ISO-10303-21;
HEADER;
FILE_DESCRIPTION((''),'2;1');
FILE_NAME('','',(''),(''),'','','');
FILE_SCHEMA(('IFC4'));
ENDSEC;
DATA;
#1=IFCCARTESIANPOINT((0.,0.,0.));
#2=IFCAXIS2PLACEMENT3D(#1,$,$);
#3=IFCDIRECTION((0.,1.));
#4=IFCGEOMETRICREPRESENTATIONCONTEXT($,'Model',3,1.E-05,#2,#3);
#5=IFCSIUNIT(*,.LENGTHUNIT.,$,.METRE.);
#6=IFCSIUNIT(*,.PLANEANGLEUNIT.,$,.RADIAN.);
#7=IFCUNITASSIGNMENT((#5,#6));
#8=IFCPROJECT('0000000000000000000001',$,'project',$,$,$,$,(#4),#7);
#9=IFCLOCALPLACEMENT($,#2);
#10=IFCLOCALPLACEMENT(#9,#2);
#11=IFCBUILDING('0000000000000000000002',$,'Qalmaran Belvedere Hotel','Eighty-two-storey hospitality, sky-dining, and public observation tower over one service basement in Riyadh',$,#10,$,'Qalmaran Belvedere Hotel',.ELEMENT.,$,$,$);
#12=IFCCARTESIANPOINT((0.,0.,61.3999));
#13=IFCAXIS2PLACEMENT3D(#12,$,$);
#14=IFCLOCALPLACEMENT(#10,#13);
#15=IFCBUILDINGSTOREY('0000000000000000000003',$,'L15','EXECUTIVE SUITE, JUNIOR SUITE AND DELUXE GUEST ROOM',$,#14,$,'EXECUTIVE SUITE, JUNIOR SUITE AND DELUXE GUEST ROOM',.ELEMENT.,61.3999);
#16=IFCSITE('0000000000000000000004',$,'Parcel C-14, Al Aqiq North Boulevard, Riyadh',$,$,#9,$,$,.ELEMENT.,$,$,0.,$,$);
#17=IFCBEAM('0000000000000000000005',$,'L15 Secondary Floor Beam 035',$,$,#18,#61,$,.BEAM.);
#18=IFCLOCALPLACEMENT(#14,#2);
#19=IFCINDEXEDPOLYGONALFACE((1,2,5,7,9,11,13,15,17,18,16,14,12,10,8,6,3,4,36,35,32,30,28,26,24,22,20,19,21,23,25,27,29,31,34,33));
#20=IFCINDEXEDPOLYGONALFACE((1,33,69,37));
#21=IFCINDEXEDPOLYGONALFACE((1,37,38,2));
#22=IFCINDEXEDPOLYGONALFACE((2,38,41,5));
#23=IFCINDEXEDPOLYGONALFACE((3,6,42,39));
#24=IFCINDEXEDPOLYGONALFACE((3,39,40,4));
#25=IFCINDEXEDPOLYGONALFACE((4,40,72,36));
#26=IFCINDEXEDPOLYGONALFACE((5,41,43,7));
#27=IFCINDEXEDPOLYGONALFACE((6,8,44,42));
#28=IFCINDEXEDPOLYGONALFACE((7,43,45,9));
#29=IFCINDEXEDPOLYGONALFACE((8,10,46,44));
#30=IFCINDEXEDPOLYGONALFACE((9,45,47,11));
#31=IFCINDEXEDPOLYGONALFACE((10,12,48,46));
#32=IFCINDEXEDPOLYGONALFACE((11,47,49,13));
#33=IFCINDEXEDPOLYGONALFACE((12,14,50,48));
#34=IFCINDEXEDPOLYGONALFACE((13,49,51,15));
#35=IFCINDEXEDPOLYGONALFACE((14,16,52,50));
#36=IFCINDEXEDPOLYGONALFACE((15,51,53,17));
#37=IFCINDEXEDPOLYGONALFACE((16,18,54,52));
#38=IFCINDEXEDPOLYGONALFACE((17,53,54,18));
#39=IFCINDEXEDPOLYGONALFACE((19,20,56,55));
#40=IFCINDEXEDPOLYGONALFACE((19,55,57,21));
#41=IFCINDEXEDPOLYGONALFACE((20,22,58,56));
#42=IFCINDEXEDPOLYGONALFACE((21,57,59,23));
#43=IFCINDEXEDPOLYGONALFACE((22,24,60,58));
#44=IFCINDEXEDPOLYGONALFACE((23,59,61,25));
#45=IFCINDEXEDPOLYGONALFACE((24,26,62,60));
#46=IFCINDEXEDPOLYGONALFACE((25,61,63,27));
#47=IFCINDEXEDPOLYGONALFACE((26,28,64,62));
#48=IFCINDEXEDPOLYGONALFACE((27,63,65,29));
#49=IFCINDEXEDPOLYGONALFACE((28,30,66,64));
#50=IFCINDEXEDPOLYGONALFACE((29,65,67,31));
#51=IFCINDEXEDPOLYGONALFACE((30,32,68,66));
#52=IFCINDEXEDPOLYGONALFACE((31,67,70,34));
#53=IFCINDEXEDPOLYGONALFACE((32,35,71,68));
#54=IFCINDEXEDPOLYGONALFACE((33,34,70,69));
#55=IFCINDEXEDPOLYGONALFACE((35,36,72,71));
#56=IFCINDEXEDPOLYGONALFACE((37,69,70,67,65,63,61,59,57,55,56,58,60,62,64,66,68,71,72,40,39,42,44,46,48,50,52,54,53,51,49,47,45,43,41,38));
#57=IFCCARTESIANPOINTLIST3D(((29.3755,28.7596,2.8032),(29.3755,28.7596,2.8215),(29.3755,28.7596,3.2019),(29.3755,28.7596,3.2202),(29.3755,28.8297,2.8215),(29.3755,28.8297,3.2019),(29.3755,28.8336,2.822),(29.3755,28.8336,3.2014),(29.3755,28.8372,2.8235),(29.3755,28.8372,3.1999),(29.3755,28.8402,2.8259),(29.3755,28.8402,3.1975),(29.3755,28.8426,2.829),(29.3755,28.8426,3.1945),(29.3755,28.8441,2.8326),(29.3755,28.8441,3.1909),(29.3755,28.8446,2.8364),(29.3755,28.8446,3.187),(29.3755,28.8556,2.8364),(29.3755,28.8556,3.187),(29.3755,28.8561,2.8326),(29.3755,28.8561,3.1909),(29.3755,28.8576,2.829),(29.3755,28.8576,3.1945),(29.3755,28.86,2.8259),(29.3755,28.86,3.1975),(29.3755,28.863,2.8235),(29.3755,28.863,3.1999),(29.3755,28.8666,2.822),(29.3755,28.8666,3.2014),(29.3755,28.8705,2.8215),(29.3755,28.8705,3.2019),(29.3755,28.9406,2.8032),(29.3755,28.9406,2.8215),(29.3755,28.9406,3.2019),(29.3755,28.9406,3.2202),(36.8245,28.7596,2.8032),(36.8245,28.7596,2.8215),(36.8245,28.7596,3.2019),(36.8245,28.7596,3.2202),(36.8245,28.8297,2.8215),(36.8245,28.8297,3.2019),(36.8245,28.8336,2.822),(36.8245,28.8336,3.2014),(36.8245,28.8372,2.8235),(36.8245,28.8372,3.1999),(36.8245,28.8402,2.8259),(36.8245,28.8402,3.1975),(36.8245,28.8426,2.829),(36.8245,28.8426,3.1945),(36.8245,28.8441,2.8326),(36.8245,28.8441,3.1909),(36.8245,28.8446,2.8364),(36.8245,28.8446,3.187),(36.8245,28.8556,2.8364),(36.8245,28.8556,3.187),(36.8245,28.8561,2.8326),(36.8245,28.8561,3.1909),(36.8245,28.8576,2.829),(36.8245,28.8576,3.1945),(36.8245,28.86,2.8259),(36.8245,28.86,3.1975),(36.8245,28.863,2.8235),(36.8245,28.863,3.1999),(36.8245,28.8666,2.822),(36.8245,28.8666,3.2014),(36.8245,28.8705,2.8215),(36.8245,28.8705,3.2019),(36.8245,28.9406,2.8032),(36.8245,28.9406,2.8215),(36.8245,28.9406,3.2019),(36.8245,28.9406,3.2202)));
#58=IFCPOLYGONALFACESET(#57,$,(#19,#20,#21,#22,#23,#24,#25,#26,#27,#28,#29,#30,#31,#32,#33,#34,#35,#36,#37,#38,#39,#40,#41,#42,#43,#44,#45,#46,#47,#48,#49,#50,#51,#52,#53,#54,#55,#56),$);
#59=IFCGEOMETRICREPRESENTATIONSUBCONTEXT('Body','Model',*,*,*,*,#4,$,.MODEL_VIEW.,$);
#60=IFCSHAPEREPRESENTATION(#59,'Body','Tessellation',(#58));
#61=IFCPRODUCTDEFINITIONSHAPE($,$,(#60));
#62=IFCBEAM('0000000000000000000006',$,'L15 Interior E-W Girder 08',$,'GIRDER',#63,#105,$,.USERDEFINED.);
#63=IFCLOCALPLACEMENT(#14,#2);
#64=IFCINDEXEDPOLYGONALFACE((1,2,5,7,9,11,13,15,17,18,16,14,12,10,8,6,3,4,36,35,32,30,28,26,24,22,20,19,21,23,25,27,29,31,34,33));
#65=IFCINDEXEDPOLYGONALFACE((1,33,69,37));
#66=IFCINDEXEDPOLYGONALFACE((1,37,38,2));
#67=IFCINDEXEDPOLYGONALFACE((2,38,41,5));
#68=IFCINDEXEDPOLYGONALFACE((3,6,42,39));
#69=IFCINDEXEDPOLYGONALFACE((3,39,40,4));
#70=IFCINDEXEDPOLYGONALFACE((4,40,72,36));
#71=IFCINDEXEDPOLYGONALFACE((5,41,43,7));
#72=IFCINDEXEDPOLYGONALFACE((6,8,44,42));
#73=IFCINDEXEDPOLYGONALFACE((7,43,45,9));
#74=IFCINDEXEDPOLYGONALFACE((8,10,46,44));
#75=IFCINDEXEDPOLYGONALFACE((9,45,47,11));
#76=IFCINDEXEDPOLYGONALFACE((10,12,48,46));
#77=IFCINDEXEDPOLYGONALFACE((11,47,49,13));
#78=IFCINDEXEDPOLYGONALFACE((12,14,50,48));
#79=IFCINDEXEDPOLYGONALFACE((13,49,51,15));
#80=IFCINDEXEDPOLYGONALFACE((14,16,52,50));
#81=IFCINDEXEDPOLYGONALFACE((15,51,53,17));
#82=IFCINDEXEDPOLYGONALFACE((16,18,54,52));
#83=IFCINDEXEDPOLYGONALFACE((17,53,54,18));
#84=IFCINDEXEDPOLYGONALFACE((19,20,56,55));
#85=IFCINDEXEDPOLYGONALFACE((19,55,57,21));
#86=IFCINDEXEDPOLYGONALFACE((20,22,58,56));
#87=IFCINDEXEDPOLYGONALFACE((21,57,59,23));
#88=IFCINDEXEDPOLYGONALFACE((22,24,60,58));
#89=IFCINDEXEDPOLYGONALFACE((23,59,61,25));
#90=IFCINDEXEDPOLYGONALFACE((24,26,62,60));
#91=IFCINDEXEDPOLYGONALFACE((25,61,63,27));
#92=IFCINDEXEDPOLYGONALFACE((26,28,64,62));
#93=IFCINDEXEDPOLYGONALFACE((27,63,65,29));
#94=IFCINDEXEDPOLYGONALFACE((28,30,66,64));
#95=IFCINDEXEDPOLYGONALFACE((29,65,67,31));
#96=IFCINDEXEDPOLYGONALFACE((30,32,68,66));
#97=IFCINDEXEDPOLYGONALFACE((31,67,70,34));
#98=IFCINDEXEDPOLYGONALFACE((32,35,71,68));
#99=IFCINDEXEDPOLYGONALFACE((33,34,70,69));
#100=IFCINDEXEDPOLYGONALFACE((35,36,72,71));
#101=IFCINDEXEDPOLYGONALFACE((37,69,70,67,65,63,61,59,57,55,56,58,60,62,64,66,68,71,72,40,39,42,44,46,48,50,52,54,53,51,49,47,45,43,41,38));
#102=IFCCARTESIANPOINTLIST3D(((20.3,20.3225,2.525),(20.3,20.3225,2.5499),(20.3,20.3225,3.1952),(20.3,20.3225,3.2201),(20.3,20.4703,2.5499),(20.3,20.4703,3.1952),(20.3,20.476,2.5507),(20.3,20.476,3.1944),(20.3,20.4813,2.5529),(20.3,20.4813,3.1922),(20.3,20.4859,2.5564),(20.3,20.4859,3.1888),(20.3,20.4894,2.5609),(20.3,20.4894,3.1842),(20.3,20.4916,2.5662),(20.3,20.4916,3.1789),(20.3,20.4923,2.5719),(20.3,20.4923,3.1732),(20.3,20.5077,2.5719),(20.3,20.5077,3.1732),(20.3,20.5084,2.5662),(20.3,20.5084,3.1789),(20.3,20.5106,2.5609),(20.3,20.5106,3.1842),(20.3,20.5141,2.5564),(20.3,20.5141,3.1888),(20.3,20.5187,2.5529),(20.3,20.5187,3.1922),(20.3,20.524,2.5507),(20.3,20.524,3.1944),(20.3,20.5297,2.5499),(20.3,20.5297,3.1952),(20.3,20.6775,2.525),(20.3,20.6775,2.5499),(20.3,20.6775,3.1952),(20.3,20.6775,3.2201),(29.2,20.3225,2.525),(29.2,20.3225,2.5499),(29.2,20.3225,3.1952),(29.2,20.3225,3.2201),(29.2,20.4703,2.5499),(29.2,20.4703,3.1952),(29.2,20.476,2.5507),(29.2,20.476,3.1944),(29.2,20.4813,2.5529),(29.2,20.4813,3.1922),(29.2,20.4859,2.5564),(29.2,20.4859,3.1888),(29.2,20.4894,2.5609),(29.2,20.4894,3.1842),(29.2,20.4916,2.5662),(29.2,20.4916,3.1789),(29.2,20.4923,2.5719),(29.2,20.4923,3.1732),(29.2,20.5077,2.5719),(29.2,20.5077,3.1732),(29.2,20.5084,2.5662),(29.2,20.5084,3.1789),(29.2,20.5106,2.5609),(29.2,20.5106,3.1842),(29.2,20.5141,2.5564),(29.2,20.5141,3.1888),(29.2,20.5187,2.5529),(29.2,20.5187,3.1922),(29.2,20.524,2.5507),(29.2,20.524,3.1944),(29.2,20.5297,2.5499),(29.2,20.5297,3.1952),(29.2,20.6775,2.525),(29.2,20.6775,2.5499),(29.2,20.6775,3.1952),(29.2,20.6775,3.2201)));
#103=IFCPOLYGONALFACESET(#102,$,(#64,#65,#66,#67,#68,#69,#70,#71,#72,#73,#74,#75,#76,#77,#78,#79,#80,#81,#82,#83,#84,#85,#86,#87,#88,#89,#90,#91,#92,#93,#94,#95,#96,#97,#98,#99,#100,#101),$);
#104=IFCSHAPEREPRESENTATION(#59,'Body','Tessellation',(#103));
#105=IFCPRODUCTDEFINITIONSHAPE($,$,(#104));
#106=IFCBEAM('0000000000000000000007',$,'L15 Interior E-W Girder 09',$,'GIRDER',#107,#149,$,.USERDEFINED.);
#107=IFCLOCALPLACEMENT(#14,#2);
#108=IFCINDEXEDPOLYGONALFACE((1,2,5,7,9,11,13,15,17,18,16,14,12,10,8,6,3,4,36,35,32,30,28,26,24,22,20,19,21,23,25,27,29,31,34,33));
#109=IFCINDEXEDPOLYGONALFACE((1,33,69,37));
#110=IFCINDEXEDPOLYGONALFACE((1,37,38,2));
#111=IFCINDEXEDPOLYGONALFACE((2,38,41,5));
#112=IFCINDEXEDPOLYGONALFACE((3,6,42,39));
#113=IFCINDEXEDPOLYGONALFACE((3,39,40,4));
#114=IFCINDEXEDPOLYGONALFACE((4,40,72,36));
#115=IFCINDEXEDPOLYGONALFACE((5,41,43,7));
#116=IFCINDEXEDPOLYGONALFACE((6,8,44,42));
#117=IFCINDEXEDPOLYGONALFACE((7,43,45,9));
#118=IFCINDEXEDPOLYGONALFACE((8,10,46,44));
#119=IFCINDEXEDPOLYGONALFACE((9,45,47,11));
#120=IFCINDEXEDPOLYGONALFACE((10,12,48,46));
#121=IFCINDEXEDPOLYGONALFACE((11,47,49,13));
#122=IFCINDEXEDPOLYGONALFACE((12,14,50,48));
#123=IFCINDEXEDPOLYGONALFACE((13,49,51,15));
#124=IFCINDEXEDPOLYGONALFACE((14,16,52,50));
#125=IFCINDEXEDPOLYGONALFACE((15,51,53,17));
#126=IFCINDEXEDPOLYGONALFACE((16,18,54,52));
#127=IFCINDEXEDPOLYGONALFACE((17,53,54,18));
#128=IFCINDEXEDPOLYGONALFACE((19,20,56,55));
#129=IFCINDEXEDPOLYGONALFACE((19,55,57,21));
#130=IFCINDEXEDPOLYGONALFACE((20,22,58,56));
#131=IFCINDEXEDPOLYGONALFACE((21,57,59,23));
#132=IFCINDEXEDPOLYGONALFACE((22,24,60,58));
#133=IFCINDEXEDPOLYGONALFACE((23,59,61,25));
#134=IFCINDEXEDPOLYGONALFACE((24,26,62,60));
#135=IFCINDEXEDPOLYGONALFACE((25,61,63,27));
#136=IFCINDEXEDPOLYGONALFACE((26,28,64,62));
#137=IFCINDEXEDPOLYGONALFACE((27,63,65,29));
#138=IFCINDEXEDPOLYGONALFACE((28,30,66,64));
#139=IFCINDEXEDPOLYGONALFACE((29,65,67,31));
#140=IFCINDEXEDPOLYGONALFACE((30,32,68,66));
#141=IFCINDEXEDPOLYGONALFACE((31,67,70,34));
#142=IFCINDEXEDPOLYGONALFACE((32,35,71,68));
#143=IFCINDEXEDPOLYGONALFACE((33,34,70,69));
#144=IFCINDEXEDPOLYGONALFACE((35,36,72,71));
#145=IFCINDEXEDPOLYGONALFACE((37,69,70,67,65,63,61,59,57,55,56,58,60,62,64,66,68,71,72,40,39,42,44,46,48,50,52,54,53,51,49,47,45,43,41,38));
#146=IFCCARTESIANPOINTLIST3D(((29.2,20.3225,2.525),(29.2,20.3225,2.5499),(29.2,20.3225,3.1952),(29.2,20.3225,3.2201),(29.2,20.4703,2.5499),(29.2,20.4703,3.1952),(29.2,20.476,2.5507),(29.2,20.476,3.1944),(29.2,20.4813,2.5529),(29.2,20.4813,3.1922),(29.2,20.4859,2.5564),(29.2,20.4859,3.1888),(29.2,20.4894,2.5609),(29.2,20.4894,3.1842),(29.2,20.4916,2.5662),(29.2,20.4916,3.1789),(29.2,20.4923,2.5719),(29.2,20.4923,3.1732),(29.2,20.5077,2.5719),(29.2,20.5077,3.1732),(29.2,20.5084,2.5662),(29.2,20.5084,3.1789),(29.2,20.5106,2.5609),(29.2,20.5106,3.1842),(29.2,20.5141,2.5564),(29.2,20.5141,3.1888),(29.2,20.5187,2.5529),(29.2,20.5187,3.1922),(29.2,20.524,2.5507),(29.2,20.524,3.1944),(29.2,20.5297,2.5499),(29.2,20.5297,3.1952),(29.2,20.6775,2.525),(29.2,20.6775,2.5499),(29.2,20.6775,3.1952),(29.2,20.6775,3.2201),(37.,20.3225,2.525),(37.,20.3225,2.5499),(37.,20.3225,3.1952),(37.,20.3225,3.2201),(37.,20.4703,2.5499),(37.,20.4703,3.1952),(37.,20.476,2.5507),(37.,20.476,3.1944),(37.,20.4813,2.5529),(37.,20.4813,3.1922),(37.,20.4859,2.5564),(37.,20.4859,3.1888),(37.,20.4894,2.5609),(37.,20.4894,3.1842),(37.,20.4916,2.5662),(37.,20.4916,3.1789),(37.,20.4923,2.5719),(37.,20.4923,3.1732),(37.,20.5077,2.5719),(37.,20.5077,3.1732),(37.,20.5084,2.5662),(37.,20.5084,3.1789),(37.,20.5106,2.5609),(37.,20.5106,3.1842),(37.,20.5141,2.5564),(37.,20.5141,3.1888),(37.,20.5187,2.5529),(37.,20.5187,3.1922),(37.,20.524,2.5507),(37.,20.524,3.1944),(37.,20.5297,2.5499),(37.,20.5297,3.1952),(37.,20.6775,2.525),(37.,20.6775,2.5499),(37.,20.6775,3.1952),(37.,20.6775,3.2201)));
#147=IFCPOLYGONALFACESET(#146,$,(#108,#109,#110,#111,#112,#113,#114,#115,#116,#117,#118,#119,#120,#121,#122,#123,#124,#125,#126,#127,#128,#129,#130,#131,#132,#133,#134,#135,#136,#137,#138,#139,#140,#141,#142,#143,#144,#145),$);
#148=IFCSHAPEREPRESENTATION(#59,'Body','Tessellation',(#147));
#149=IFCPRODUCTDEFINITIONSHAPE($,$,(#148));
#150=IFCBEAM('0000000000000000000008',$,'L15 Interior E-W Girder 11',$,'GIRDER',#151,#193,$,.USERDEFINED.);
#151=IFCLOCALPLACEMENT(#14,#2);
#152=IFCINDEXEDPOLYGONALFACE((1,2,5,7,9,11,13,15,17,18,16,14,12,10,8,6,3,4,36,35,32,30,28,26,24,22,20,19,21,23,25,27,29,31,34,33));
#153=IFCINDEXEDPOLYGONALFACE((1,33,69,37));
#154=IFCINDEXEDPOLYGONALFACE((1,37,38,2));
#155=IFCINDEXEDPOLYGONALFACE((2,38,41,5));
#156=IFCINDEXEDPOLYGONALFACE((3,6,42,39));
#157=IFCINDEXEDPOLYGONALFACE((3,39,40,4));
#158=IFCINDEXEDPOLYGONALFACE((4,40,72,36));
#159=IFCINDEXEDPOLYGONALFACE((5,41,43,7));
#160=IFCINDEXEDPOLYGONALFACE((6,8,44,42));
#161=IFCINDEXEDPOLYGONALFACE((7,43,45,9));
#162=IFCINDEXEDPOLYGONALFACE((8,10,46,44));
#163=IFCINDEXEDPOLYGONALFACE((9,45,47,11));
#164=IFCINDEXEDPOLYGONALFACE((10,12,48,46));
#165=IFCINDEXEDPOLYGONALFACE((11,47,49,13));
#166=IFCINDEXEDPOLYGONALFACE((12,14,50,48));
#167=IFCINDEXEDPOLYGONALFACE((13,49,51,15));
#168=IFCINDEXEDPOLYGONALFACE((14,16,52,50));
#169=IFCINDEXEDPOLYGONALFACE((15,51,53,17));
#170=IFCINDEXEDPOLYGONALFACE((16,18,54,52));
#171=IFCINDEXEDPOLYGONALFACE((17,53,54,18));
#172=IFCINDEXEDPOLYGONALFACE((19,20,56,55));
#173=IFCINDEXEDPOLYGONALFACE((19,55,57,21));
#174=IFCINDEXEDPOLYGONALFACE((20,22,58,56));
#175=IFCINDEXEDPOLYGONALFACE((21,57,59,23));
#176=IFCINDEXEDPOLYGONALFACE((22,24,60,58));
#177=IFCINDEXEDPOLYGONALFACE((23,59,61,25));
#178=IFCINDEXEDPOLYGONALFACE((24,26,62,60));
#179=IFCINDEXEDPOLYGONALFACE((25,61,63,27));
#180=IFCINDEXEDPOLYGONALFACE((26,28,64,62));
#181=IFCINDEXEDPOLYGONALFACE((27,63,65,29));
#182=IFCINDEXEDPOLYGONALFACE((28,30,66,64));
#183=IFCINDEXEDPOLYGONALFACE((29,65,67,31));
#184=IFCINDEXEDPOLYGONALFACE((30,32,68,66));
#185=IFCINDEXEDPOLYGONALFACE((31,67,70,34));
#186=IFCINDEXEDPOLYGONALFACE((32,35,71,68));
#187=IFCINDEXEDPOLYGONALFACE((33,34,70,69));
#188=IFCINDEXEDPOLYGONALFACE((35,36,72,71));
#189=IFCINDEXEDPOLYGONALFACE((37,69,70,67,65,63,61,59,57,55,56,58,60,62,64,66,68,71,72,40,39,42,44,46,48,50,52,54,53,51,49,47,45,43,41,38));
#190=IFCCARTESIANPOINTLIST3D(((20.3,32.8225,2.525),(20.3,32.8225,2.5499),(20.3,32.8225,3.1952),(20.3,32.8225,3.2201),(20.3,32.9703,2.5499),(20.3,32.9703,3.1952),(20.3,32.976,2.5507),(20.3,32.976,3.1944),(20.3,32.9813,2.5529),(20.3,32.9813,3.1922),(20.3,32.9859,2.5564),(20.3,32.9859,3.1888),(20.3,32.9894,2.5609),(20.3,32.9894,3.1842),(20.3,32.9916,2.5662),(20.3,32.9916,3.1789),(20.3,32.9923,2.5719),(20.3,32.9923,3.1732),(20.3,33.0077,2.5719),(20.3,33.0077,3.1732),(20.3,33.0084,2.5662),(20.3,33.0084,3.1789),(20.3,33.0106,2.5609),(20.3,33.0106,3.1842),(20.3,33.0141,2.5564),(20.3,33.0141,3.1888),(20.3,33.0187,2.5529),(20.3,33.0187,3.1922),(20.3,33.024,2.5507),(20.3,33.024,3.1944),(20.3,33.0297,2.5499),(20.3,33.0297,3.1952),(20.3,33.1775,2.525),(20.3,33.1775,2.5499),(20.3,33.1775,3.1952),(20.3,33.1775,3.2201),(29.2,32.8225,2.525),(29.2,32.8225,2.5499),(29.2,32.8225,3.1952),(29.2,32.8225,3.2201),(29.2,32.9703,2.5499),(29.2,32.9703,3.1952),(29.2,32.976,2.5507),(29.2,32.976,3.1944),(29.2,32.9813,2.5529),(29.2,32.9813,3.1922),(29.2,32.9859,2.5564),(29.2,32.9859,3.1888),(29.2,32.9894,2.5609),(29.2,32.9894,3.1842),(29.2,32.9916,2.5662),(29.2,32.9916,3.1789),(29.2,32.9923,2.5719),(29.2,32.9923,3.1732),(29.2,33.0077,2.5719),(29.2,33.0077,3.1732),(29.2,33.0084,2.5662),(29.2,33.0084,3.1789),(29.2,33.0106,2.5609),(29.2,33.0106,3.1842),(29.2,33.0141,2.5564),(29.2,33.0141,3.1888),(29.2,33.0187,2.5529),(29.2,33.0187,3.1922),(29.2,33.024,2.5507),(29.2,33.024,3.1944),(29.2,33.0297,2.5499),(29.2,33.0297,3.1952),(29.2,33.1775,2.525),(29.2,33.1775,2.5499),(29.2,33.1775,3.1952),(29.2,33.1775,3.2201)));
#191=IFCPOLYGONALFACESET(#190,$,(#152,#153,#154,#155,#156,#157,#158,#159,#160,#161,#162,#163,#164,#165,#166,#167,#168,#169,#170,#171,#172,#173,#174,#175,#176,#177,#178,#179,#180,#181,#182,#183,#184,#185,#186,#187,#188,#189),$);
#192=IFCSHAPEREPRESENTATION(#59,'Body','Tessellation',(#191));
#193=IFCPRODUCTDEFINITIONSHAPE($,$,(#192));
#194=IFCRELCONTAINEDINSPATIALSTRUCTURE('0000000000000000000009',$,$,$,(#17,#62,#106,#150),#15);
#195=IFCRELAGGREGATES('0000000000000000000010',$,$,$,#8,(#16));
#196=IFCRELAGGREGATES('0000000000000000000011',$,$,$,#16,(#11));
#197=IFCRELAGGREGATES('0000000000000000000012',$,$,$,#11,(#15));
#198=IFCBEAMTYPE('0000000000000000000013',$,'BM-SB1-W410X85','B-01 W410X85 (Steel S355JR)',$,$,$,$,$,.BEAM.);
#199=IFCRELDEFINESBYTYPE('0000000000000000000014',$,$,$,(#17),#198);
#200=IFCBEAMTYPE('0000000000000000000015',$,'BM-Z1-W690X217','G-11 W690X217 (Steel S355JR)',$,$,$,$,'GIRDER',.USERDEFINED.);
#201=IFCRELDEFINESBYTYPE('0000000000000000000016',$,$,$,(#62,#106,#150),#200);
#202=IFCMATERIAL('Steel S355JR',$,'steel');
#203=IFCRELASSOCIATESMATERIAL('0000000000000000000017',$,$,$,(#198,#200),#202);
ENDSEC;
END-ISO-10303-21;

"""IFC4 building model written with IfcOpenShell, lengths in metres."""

from ifc_helpers import new_model, si_unit, direction, frame, origin, origin_2d, place, context, subcontext, project, spatial, i_section, extrude, material, material_profile, profile_set, type_object, element, save


model = new_model("IFC4")

# Units and contexts
model_context = context("Model", 3, precision=1e-05, world=origin(), true_north=direction((0.0, 1.0)))
body_context = subcontext(model_context, "Body", "Model", "MODEL_VIEW")
ifc_project = project(units=[si_unit("LENGTHUNIT", "METRE"), si_unit("PLANEANGLEUNIT", "RADIAN")], contexts=[model_context])

# Site, building, storey
site_placement = place(None, origin())
site = spatial("IfcSite", under=ifc_project, at=site_placement, Name="Parcel C-14, Al Aqiq North Boulevard, Riyadh", CompositionType="ELEMENT", RefElevation=0.0)
building_placement = place(site_placement, origin())
building = spatial("IfcBuilding", under=site, at=building_placement, Name="Qalmaran Belvedere Hotel", Description="Eighty-two-storey hospitality, sky-dining, and public observation tower over one service basement in Riyadh", LongName="Qalmaran Belvedere Hotel", CompositionType="ELEMENT")
storey_placement = place(building_placement, frame((0.0, 0.0, 61.3999)))
storey = spatial("IfcBuildingStorey", under=building, at=storey_placement, Name="L15", Description="EXECUTIVE SUITE, JUNIOR SUITE AND DELUXE GUEST ROOM", LongName="EXECUTIVE SUITE, JUNIOR SUITE AND DELUXE GUEST ROOM", CompositionType="ELEMENT", Elevation=61.3999)

# Beams
ifc_material_1 = material(Name="Steel S355JR", Category="steel")
ifc_material_profile_1 = material_profile(ifc_material_1, i_section(OverallWidth=0.1809, OverallDepth=0.417, WebThickness=0.011, FlangeThickness=0.0183, FilletRadius=0.0149, at=origin_2d()), Name="W410X85")
ifc_profile_set_1 = profile_set([ifc_material_profile_1], Name="Steel S355JR")
beam_type_1 = type_object("IfcBeamType", Name="BM-SB1-W410X85", Description="B-01 W410X85 (Steel S355JR)", PredefinedType="BEAM", material=ifc_profile_set_1)
beam_1_placement = place(storey_placement, frame((29.3755, 28.8501, 3.0117), z_axis=(1.0, 0.0, 0.0), x_axis=(0.0, 1.0, 0.0)))
element("IfcBeam", 1, at=beam_1_placement, inside=storey, type_object=beam_type_1, Name="L15 Secondary Floor Beam 035", PredefinedType="BEAM", context=body_context, shape_type="SweptSolid", body=[
    extrude(i_section(OverallWidth=0.1809, OverallDepth=0.417, WebThickness=0.011, FlangeThickness=0.0183, FilletRadius=0.0149, at=origin_2d()), origin(), (0.0, 0.0, 1.0), 7.449),
])
ifc_material_profile_2 = material_profile(ifc_material_1, i_section(OverallWidth=0.355, OverallDepth=0.6951, WebThickness=0.0154, FlangeThickness=0.0249, FilletRadius=0.022, at=origin_2d()), Name="W690X217")
ifc_profile_set_2 = profile_set([ifc_material_profile_2], Name="Steel S355JR")
beam_type_2 = type_object("IfcBeamType", Name="BM-Z1-W690X217", Description="G-11 W690X217 (Steel S355JR)", ElementType="GIRDER", PredefinedType="USERDEFINED", material=ifc_profile_set_2)
beam_2_placement = place(storey_placement, frame((20.3, 20.5, 2.8726), z_axis=(1.0, 0.0, 0.0), x_axis=(0.0, 1.0, 0.0)))
element("IfcBeam", 2, at=beam_2_placement, inside=storey, type_object=beam_type_2, Name="L15 Interior E-W Girder 08", ObjectType="GIRDER", PredefinedType="USERDEFINED", context=body_context, shape_type="SweptSolid", body=[
    extrude(i_section(OverallWidth=0.355, OverallDepth=0.6951, WebThickness=0.0154, FlangeThickness=0.0249, FilletRadius=0.022, at=origin_2d()), origin(), (0.0, 0.0, 1.0), 8.8999),
])
beam_3_placement = place(storey_placement, frame((29.2, 20.5, 2.8726), z_axis=(1.0, 0.0, 0.0), x_axis=(0.0, 1.0, 0.0)))
element("IfcBeam", 3, at=beam_3_placement, inside=storey, type_object=beam_type_2, Name="L15 Interior E-W Girder 09", ObjectType="GIRDER", PredefinedType="USERDEFINED", context=body_context, shape_type="SweptSolid", body=[
    extrude(i_section(OverallWidth=0.355, OverallDepth=0.6951, WebThickness=0.0154, FlangeThickness=0.0249, FilletRadius=0.022, at=origin_2d()), origin(), (0.0, 0.0, 1.0), 7.8),
])
beam_4_placement = place(storey_placement, frame((20.3, 33.0, 2.8726), z_axis=(1.0, 0.0, 0.0), x_axis=(0.0, 1.0, 0.0)))
element("IfcBeam", 4, at=beam_4_placement, inside=storey, type_object=beam_type_2, Name="L15 Interior E-W Girder 11", ObjectType="GIRDER", PredefinedType="USERDEFINED", context=body_context, shape_type="SweptSolid", body=[
    extrude(i_section(OverallWidth=0.355, OverallDepth=0.6951, WebThickness=0.0154, FlangeThickness=0.0249, FilletRadius=0.022, at=origin_2d()), origin(), (0.0, 0.0, 1.0), 8.8999),
])

save(model, "model.ifc")
